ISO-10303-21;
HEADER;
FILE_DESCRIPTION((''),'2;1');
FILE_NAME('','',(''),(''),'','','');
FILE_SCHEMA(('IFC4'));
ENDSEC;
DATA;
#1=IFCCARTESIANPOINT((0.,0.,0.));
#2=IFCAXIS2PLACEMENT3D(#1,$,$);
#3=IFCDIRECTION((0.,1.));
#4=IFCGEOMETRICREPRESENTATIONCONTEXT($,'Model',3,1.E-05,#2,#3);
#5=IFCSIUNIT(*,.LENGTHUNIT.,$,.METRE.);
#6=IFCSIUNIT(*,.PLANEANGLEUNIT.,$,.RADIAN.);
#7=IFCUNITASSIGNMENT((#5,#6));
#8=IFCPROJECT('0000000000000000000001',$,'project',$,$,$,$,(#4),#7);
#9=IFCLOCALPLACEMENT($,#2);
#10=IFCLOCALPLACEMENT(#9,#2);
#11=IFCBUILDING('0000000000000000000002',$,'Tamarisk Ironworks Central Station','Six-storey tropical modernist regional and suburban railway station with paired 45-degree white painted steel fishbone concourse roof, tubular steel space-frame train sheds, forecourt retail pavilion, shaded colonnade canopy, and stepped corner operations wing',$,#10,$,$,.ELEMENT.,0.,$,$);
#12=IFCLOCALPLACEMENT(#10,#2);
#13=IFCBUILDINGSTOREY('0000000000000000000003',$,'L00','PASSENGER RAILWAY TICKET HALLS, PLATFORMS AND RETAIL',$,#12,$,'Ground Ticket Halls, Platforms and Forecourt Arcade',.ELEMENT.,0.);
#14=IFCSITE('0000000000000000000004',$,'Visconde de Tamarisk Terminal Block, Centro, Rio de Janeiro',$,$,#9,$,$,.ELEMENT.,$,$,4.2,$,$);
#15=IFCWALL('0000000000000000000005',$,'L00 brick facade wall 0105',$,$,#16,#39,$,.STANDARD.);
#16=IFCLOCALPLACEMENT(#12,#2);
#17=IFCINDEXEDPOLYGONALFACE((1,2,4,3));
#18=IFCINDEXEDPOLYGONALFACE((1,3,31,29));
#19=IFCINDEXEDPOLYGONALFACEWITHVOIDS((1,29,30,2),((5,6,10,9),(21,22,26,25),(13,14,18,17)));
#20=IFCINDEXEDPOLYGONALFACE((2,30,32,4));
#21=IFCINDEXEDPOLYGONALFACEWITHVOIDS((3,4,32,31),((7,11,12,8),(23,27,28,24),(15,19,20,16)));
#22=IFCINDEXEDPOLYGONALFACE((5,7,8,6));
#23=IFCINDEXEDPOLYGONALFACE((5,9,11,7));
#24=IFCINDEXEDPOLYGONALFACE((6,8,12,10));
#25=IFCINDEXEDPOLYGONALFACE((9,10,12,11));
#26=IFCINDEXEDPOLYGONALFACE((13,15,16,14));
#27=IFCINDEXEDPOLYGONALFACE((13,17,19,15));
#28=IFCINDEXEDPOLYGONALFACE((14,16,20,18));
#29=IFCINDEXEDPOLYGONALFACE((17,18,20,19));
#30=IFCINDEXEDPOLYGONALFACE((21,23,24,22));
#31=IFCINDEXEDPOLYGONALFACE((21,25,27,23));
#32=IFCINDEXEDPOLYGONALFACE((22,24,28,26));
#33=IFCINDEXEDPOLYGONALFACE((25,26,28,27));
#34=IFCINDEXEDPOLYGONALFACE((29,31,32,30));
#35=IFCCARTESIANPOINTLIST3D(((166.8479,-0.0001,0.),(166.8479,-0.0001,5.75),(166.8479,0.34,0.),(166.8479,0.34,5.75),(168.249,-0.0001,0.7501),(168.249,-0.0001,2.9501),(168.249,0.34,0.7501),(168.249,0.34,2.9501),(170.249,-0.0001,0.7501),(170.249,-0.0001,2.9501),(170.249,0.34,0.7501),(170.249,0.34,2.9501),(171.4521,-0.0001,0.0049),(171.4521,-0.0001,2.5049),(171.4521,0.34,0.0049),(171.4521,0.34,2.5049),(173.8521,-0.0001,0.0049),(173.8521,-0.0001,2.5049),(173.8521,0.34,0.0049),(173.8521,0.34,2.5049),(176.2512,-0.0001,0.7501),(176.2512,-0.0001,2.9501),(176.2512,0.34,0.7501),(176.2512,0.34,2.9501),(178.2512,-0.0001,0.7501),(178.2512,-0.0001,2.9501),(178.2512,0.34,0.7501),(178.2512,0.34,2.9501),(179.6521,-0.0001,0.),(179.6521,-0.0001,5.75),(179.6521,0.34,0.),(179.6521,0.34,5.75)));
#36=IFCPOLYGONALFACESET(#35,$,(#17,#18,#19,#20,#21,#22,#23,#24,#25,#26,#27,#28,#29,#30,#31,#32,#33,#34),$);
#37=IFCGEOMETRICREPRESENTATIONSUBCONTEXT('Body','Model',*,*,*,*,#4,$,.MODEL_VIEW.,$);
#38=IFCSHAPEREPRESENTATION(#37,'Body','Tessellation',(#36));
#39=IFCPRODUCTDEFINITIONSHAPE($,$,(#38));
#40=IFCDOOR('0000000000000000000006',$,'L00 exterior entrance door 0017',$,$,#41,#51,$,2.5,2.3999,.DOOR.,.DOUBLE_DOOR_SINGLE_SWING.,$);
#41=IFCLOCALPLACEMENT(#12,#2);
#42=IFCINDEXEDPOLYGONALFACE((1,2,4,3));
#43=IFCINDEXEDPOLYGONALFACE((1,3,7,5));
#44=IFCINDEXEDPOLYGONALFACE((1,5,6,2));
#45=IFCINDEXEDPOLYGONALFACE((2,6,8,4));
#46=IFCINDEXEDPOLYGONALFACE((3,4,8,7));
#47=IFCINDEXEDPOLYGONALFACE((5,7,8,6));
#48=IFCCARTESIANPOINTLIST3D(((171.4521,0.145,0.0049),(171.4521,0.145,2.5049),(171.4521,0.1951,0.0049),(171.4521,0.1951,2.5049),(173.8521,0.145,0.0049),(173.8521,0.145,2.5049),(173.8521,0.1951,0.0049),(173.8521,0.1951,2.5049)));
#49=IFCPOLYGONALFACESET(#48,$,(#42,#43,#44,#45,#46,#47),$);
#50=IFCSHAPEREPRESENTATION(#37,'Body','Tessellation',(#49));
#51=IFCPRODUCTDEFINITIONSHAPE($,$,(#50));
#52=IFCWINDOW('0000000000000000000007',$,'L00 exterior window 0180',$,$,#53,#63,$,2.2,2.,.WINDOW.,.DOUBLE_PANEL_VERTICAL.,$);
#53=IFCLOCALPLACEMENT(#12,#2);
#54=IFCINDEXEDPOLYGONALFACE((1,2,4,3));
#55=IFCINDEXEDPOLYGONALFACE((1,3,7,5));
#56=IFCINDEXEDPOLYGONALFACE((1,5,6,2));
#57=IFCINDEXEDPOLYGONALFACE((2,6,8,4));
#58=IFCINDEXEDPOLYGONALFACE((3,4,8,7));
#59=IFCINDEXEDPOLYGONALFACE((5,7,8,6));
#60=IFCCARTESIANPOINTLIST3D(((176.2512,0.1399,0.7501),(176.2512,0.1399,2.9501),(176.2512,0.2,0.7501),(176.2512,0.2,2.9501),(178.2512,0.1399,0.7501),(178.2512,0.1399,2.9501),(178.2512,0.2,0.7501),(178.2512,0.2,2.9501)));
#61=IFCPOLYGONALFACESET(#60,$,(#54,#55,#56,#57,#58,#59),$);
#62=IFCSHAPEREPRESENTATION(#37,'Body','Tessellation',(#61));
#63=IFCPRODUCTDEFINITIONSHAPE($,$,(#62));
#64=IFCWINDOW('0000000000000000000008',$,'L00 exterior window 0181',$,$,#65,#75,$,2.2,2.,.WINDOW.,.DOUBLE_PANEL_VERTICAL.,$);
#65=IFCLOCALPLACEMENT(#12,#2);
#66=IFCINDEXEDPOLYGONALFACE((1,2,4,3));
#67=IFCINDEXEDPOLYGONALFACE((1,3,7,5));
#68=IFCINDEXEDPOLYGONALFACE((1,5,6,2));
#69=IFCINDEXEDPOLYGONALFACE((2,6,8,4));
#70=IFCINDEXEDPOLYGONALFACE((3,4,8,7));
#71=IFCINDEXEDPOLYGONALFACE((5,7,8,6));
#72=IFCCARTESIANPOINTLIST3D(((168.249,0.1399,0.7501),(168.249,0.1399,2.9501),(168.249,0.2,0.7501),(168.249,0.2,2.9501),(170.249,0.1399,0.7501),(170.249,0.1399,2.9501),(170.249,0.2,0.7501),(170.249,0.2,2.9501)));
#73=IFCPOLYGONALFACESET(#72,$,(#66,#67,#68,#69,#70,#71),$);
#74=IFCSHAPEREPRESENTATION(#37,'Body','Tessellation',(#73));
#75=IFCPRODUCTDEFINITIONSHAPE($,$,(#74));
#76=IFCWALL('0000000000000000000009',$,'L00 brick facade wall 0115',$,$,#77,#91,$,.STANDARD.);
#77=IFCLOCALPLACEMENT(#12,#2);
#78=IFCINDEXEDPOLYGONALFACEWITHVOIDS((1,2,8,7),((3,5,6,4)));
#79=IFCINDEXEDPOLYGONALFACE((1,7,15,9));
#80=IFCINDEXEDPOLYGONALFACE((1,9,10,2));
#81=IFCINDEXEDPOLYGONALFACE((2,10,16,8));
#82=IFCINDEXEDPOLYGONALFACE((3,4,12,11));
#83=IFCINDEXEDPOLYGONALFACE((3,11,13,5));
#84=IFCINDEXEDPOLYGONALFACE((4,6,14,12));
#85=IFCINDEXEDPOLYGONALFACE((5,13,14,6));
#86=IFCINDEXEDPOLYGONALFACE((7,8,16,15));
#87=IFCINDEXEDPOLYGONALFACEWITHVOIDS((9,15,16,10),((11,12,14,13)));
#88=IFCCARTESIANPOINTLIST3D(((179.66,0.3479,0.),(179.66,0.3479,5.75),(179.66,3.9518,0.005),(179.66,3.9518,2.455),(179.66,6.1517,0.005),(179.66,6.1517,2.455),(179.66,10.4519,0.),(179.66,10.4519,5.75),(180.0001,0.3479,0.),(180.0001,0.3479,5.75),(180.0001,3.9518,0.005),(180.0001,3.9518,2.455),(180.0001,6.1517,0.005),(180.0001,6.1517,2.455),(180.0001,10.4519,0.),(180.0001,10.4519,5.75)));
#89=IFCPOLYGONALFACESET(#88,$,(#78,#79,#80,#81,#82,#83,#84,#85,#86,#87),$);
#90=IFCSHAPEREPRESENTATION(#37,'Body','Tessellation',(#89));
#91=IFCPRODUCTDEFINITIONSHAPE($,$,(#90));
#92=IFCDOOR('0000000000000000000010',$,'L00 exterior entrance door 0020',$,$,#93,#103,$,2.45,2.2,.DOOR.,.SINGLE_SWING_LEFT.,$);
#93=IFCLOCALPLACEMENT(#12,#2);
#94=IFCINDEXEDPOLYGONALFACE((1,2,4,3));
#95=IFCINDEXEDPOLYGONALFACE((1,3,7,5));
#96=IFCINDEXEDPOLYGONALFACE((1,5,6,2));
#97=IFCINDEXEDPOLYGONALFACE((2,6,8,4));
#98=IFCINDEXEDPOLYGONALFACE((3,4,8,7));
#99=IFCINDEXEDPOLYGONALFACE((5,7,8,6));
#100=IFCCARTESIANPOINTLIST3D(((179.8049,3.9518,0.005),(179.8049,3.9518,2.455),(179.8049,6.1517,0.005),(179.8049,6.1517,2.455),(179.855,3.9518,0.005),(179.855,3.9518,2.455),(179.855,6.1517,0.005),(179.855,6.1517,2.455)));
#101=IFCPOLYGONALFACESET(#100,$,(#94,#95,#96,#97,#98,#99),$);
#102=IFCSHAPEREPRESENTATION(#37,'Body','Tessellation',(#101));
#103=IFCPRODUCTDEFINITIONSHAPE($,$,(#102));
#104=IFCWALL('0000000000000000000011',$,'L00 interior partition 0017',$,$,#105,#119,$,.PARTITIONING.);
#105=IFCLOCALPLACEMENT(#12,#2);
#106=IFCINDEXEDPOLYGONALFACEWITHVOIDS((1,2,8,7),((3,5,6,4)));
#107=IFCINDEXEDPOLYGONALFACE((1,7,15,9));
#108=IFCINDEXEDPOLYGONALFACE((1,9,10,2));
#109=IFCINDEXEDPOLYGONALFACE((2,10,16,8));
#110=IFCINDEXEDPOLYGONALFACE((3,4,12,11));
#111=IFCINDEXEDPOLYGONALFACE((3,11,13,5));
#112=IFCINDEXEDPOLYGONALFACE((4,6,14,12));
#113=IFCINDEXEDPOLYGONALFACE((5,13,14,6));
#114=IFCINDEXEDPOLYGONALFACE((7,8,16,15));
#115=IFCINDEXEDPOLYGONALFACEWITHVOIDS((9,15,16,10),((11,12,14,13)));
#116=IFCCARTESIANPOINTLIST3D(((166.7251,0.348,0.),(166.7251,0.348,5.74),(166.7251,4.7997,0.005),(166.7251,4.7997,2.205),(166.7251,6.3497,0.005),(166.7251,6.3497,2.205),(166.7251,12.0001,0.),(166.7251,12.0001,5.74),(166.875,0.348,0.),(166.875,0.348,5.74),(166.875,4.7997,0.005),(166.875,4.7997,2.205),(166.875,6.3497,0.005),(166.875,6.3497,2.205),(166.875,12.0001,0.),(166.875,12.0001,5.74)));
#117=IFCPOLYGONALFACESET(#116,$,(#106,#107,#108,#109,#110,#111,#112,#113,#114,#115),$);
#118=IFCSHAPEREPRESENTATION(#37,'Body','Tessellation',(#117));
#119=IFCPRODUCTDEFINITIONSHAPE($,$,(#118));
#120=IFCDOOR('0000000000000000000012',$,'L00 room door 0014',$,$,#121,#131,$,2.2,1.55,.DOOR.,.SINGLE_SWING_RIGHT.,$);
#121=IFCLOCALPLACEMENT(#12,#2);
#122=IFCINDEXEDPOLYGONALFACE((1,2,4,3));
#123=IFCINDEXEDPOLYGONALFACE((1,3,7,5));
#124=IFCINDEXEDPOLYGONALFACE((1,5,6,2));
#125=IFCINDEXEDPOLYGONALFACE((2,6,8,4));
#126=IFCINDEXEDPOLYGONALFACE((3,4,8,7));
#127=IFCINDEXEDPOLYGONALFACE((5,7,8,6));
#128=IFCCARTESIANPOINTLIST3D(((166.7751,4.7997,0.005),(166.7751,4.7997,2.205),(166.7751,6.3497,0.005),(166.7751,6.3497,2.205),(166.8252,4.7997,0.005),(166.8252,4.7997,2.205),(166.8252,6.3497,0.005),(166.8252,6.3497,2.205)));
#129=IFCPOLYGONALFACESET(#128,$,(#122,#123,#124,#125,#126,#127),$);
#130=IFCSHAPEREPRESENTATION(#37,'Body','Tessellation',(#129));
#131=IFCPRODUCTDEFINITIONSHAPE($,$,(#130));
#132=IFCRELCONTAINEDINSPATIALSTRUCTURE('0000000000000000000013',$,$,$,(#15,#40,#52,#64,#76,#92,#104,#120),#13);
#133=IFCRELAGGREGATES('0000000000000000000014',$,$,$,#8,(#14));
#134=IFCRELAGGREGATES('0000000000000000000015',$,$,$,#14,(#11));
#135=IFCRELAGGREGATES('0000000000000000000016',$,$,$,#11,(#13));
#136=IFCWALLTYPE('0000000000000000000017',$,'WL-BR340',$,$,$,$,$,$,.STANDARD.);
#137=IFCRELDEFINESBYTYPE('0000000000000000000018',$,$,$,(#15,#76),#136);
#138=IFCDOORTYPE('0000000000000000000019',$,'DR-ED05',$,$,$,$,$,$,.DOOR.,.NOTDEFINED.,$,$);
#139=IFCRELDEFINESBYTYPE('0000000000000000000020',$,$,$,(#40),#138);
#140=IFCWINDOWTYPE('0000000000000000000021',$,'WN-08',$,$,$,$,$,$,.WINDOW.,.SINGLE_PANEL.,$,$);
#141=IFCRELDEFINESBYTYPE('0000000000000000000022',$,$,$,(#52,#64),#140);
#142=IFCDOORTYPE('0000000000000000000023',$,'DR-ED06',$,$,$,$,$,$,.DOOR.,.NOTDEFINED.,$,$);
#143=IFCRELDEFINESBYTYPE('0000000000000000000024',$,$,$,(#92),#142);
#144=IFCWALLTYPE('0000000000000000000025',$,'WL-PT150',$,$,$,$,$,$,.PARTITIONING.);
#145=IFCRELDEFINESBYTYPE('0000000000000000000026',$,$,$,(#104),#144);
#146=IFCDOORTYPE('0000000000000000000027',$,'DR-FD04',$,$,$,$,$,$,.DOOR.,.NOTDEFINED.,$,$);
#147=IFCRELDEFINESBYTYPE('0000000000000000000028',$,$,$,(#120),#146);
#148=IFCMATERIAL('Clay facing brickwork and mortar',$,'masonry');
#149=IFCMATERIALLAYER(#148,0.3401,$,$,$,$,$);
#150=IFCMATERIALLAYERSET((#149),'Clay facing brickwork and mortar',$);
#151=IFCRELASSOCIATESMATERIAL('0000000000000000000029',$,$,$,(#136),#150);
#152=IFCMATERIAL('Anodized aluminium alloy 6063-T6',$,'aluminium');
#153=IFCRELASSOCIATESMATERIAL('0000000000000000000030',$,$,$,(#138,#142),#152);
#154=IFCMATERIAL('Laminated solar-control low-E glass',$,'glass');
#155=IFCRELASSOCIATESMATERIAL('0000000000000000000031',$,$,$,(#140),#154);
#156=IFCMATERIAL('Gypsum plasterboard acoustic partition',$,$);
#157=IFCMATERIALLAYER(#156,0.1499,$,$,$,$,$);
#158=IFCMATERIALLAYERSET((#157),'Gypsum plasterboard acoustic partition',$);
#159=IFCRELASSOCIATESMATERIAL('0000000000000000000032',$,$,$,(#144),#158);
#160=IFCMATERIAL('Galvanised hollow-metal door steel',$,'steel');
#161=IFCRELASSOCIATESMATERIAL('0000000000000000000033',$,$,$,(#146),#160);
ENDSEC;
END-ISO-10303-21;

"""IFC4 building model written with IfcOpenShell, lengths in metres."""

from ifc_helpers import new_model, si_unit, direction, frame, frame_2d, origin, place, context, subcontext, project, spatial, rectangle, extrude, material, layer, layer_set, type_object, element, fill, save


model = new_model("IFC4")

# Units and contexts
model_context = context("Model", 3, precision=1e-05, world=origin(), true_north=direction((0.0, 1.0)))
body_context = subcontext(model_context, "Body", "Model", "MODEL_VIEW")
ifc_project = project(units=[si_unit("LENGTHUNIT", "METRE"), si_unit("PLANEANGLEUNIT", "RADIAN")], contexts=[model_context])

# Site, building, storey
site_placement = place(None, origin())
site = spatial("IfcSite", under=ifc_project, at=site_placement, Name="Visconde de Tamarisk Terminal Block, Centro, Rio de Janeiro", CompositionType="ELEMENT", RefElevation=4.2)
building_placement = place(site_placement, origin())
building = spatial("IfcBuilding", under=site, at=building_placement, Name="Tamarisk Ironworks Central Station", Description="Six-storey tropical modernist regional and suburban railway station with paired 45-degree white painted steel fishbone concourse roof, tubular steel space-frame train sheds, forecourt retail pavilion, shaded colonnade canopy, and stepped corner operations wing", CompositionType="ELEMENT", ElevationOfRefHeight=0.0)
storey_placement = place(building_placement, origin())
storey = spatial("IfcBuildingStorey", under=building, at=storey_placement, Name="L00", Description="PASSENGER RAILWAY TICKET HALLS, PLATFORMS AND RETAIL", LongName="Ground Ticket Halls, Platforms and Forecourt Arcade", CompositionType="ELEMENT", Elevation=0.0)

# Shared definitions
ifc_material_1 = material(Name="Anodized aluminium alloy 6063-T6", Category="aluminium")

# Wall, openings, door, windows
ifc_material_2 = material(Name="Clay facing brickwork and mortar", Category="masonry")
ifc_layer_1 = layer(ifc_material_2, 0.3401)
ifc_layer_set_1 = layer_set([ifc_layer_1], Name="Clay facing brickwork and mortar")
wall_type_1 = type_object("IfcWallType", Name="WL-BR340", PredefinedType="STANDARD", material=ifc_layer_set_1)
wall_1_placement = place(storey_placement, frame((179.6521, 0.1699, 0.0), z_axis=(0.0, 0.0, 1.0), x_axis=(-1.0, 0.0, 0.0)))
wall_1 = element("IfcWall", 1, at=wall_1_placement, inside=storey, type_object=wall_type_1, Name="L00 brick facade wall 0105", PredefinedType="STANDARD", context=body_context, shape_type="SweptSolid", body=[
    extrude(rectangle(XDim=12.8042, YDim=0.3401, at=frame_2d((6.4021, 0.0))), origin(), (0.0, 0.0, 1.0), 5.75),
])
opening_1_placement = place(wall_1_placement, frame((5.8, 0.0, 0.0049)))
opening_1 = element("IfcOpeningElement", 2, at=opening_1_placement, cuts=wall_1, PredefinedType="OPENING", context=body_context, shape_type="SweptSolid", body=[
    extrude(rectangle(XDim=2.3999, YDim=2.5, at=frame_2d((1.2, 1.25))), frame((0.0, 0.1821, 0.0), z_axis=(0.0, -1.0, 0.0), x_axis=(1.0, 0.0, 0.0)), (0.0, 0.0, 1.0), 0.364),
])
opening_2_placement = place(wall_1_placement, frame((1.4009, 0.0, 0.75)))
opening_2 = element("IfcOpeningElement", 3, at=opening_2_placement, cuts=wall_1, PredefinedType="OPENING", context=body_context, shape_type="SweptSolid", body=[
    extrude(rectangle(XDim=2.0, YDim=2.2, at=frame_2d((1.0, 1.1001))), frame((0.0, 0.1821, 0.0), z_axis=(0.0, -1.0, 0.0), x_axis=(1.0, 0.0, 0.0)), (0.0, 0.0, 1.0), 0.364),
])
opening_3_placement = place(wall_1_placement, frame((9.4031, 0.0, 0.75)))
opening_3 = element("IfcOpeningElement", 4, at=opening_3_placement, cuts=wall_1, PredefinedType="OPENING", context=body_context, shape_type="SweptSolid", body=[
    extrude(rectangle(XDim=2.0, YDim=2.2, at=frame_2d((1.0, 1.1001))), frame((0.0, 0.1821, 0.0), z_axis=(0.0, -1.0, 0.0), x_axis=(1.0, 0.0, 0.0)), (0.0, 0.0, 1.0), 0.364),
])
door_type_1 = type_object("IfcDoorType", Name="DR-ED05", OperationType="NOTDEFINED", PredefinedType="DOOR", material=ifc_material_1)
door_1_placement = place(opening_1_placement, origin())
door_1 = element("IfcDoor", 5, at=door_1_placement, inside=storey, type_object=door_type_1, Name="L00 exterior entrance door 0017", OperationType="DOUBLE_DOOR_SINGLE_SWING", OverallHeight=2.5, OverallWidth=2.3999, PredefinedType="DOOR", context=body_context, shape_type="SweptSolid", body=[
    extrude(rectangle(XDim=2.3999, YDim=2.5, at=frame_2d((1.2, 1.25))), frame((0.0, 0.0249, 0.0), z_axis=(0.0, -1.0, 0.0), x_axis=(1.0, 0.0, 0.0)), (0.0, 0.0, 1.0), 0.05),
])
fill(opening_1, door_1)
ifc_material_3 = material(Name="Laminated solar-control low-E glass", Category="glass")
window_type = type_object("IfcWindowType", Name="WN-08", PartitioningType="SINGLE_PANEL", PredefinedType="WINDOW", material=ifc_material_3)
window_1_placement = place(opening_2_placement, origin())
window_1 = element("IfcWindow", 6, at=window_1_placement, inside=storey, type_object=window_type, Name="L00 exterior window 0180", OverallHeight=2.2, OverallWidth=2.0, PartitioningType="DOUBLE_PANEL_VERTICAL", PredefinedType="WINDOW", context=body_context, shape_type="SweptSolid", body=[
    extrude(rectangle(XDim=2.0, YDim=2.2, at=frame_2d((1.0, 1.1001))), frame((0.0, 0.03, 0.0), z_axis=(0.0, -1.0, 0.0), x_axis=(1.0, 0.0, 0.0)), (0.0, 0.0, 1.0), 0.0601),
])
fill(opening_2, window_1)
window_2_placement = place(opening_3_placement, origin())
window_2 = element("IfcWindow", 7, at=window_2_placement, inside=storey, type_object=window_type, Name="L00 exterior window 0181", OverallHeight=2.2, OverallWidth=2.0, PartitioningType="DOUBLE_PANEL_VERTICAL", PredefinedType="WINDOW", context=body_context, shape_type="SweptSolid", body=[
    extrude(rectangle(XDim=2.0, YDim=2.2, at=frame_2d((1.0, 1.1001))), frame((0.0, 0.03, 0.0), z_axis=(0.0, -1.0, 0.0), x_axis=(1.0, 0.0, 0.0)), (0.0, 0.0, 1.0), 0.0601),
])
fill(opening_3, window_2)

# Walls, openings, doors
wall_2_placement = place(storey_placement, frame((179.8301, 10.4519, 0.0), z_axis=(0.0, 0.0, 1.0), x_axis=(0.0, -1.0, 0.0)))
wall_2 = element("IfcWall", 8, at=wall_2_placement, inside=storey, type_object=wall_type_1, Name="L00 brick facade wall 0115", PredefinedType="STANDARD", context=body_context, shape_type="SweptSolid", body=[
    extrude(rectangle(XDim=10.104, YDim=0.3401, at=frame_2d((5.052, 0.0))), origin(), (0.0, 0.0, 1.0), 5.75),
])
opening_4_placement = place(wall_2_placement, frame((4.3, 0.0, 0.0049)))
opening_4 = element("IfcOpeningElement", 9, at=opening_4_placement, cuts=wall_2, PredefinedType="OPENING", context=body_context, shape_type="SweptSolid", body=[
    extrude(rectangle(XDim=2.2, YDim=2.45, at=frame_2d((1.1001, 1.2251))), frame((0.0, 0.1821, 0.0), z_axis=(0.0, -1.0, 0.0), x_axis=(1.0, 0.0, 0.0)), (0.0, 0.0, 1.0), 0.364),
])
door_type_2 = type_object("IfcDoorType", Name="DR-ED06", OperationType="NOTDEFINED", PredefinedType="DOOR", material=ifc_material_1)
door_2_placement = place(opening_4_placement, origin())
door_2 = element("IfcDoor", 10, at=door_2_placement, inside=storey, type_object=door_type_2, Name="L00 exterior entrance door 0020", OperationType="SINGLE_SWING_LEFT", OverallHeight=2.45, OverallWidth=2.2, PredefinedType="DOOR", context=body_context, shape_type="SweptSolid", body=[
    extrude(rectangle(XDim=2.2, YDim=2.45, at=frame_2d((1.1001, 1.2251))), frame((0.0, 0.0249, 0.0), z_axis=(0.0, -1.0, 0.0), x_axis=(1.0, 0.0, 0.0)), (0.0, 0.0, 1.0), 0.05),
])
fill(opening_4, door_2)
ifc_material_4 = material(Name="Gypsum plasterboard acoustic partition")
ifc_layer_2 = layer(ifc_material_4, 0.1499)
ifc_layer_set_2 = layer_set([ifc_layer_2], Name="Gypsum plasterboard acoustic partition")
wall_type_2 = type_object("IfcWallType", Name="WL-PT150", PredefinedType="PARTITIONING", material=ifc_layer_set_2)
wall_3_placement = place(storey_placement, frame((166.8, 0.3479, 0.0), z_axis=(0.0, 0.0, 1.0), x_axis=(0.0, 1.0, 0.0)))
wall_3 = element("IfcWall", 11, at=wall_3_placement, inside=storey, type_object=wall_type_2, Name="L00 interior partition 0017", PredefinedType="PARTITIONING", context=body_context, shape_type="SweptSolid", body=[
    extrude(rectangle(XDim=11.6521, YDim=0.1499, at=frame_2d((5.8262, 0.0))), origin(), (0.0, 0.0, 1.0), 5.74),
])
opening_5_placement = place(wall_3_placement, frame((4.4519, 0.0, 0.0049)))
opening_5 = element("IfcOpeningElement", 12, at=opening_5_placement, cuts=wall_3, PredefinedType="OPENING", context=body_context, shape_type="SweptSolid", body=[
    extrude(rectangle(XDim=1.55, YDim=2.2, at=frame_2d((0.7749, 1.1001))), frame((0.0, 0.0869, 0.0), z_axis=(0.0, -1.0, 0.0), x_axis=(1.0, 0.0, 0.0)), (0.0, 0.0, 1.0), 0.1738),
])
ifc_material_5 = material(Name="Galvanised hollow-metal door steel", Category="steel")
door_type_3 = type_object("IfcDoorType", Name="DR-FD04", OperationType="NOTDEFINED", PredefinedType="DOOR", material=ifc_material_5)
door_3_placement = place(opening_5_placement, origin())
door_3 = element("IfcDoor", 13, at=door_3_placement, inside=storey, type_object=door_type_3, Name="L00 room door 0014", OperationType="SINGLE_SWING_RIGHT", OverallHeight=2.2, OverallWidth=1.55, PredefinedType="DOOR", context=body_context, shape_type="SweptSolid", body=[
    extrude(rectangle(XDim=1.55, YDim=2.2, at=frame_2d((0.7749, 1.1001))), frame((0.0, 0.0249, 0.0), z_axis=(0.0, -1.0, 0.0), x_axis=(1.0, 0.0, 0.0)), (0.0, 0.0, 1.0), 0.05),
])
fill(opening_5, door_3)

save(model, "model.ifc")
